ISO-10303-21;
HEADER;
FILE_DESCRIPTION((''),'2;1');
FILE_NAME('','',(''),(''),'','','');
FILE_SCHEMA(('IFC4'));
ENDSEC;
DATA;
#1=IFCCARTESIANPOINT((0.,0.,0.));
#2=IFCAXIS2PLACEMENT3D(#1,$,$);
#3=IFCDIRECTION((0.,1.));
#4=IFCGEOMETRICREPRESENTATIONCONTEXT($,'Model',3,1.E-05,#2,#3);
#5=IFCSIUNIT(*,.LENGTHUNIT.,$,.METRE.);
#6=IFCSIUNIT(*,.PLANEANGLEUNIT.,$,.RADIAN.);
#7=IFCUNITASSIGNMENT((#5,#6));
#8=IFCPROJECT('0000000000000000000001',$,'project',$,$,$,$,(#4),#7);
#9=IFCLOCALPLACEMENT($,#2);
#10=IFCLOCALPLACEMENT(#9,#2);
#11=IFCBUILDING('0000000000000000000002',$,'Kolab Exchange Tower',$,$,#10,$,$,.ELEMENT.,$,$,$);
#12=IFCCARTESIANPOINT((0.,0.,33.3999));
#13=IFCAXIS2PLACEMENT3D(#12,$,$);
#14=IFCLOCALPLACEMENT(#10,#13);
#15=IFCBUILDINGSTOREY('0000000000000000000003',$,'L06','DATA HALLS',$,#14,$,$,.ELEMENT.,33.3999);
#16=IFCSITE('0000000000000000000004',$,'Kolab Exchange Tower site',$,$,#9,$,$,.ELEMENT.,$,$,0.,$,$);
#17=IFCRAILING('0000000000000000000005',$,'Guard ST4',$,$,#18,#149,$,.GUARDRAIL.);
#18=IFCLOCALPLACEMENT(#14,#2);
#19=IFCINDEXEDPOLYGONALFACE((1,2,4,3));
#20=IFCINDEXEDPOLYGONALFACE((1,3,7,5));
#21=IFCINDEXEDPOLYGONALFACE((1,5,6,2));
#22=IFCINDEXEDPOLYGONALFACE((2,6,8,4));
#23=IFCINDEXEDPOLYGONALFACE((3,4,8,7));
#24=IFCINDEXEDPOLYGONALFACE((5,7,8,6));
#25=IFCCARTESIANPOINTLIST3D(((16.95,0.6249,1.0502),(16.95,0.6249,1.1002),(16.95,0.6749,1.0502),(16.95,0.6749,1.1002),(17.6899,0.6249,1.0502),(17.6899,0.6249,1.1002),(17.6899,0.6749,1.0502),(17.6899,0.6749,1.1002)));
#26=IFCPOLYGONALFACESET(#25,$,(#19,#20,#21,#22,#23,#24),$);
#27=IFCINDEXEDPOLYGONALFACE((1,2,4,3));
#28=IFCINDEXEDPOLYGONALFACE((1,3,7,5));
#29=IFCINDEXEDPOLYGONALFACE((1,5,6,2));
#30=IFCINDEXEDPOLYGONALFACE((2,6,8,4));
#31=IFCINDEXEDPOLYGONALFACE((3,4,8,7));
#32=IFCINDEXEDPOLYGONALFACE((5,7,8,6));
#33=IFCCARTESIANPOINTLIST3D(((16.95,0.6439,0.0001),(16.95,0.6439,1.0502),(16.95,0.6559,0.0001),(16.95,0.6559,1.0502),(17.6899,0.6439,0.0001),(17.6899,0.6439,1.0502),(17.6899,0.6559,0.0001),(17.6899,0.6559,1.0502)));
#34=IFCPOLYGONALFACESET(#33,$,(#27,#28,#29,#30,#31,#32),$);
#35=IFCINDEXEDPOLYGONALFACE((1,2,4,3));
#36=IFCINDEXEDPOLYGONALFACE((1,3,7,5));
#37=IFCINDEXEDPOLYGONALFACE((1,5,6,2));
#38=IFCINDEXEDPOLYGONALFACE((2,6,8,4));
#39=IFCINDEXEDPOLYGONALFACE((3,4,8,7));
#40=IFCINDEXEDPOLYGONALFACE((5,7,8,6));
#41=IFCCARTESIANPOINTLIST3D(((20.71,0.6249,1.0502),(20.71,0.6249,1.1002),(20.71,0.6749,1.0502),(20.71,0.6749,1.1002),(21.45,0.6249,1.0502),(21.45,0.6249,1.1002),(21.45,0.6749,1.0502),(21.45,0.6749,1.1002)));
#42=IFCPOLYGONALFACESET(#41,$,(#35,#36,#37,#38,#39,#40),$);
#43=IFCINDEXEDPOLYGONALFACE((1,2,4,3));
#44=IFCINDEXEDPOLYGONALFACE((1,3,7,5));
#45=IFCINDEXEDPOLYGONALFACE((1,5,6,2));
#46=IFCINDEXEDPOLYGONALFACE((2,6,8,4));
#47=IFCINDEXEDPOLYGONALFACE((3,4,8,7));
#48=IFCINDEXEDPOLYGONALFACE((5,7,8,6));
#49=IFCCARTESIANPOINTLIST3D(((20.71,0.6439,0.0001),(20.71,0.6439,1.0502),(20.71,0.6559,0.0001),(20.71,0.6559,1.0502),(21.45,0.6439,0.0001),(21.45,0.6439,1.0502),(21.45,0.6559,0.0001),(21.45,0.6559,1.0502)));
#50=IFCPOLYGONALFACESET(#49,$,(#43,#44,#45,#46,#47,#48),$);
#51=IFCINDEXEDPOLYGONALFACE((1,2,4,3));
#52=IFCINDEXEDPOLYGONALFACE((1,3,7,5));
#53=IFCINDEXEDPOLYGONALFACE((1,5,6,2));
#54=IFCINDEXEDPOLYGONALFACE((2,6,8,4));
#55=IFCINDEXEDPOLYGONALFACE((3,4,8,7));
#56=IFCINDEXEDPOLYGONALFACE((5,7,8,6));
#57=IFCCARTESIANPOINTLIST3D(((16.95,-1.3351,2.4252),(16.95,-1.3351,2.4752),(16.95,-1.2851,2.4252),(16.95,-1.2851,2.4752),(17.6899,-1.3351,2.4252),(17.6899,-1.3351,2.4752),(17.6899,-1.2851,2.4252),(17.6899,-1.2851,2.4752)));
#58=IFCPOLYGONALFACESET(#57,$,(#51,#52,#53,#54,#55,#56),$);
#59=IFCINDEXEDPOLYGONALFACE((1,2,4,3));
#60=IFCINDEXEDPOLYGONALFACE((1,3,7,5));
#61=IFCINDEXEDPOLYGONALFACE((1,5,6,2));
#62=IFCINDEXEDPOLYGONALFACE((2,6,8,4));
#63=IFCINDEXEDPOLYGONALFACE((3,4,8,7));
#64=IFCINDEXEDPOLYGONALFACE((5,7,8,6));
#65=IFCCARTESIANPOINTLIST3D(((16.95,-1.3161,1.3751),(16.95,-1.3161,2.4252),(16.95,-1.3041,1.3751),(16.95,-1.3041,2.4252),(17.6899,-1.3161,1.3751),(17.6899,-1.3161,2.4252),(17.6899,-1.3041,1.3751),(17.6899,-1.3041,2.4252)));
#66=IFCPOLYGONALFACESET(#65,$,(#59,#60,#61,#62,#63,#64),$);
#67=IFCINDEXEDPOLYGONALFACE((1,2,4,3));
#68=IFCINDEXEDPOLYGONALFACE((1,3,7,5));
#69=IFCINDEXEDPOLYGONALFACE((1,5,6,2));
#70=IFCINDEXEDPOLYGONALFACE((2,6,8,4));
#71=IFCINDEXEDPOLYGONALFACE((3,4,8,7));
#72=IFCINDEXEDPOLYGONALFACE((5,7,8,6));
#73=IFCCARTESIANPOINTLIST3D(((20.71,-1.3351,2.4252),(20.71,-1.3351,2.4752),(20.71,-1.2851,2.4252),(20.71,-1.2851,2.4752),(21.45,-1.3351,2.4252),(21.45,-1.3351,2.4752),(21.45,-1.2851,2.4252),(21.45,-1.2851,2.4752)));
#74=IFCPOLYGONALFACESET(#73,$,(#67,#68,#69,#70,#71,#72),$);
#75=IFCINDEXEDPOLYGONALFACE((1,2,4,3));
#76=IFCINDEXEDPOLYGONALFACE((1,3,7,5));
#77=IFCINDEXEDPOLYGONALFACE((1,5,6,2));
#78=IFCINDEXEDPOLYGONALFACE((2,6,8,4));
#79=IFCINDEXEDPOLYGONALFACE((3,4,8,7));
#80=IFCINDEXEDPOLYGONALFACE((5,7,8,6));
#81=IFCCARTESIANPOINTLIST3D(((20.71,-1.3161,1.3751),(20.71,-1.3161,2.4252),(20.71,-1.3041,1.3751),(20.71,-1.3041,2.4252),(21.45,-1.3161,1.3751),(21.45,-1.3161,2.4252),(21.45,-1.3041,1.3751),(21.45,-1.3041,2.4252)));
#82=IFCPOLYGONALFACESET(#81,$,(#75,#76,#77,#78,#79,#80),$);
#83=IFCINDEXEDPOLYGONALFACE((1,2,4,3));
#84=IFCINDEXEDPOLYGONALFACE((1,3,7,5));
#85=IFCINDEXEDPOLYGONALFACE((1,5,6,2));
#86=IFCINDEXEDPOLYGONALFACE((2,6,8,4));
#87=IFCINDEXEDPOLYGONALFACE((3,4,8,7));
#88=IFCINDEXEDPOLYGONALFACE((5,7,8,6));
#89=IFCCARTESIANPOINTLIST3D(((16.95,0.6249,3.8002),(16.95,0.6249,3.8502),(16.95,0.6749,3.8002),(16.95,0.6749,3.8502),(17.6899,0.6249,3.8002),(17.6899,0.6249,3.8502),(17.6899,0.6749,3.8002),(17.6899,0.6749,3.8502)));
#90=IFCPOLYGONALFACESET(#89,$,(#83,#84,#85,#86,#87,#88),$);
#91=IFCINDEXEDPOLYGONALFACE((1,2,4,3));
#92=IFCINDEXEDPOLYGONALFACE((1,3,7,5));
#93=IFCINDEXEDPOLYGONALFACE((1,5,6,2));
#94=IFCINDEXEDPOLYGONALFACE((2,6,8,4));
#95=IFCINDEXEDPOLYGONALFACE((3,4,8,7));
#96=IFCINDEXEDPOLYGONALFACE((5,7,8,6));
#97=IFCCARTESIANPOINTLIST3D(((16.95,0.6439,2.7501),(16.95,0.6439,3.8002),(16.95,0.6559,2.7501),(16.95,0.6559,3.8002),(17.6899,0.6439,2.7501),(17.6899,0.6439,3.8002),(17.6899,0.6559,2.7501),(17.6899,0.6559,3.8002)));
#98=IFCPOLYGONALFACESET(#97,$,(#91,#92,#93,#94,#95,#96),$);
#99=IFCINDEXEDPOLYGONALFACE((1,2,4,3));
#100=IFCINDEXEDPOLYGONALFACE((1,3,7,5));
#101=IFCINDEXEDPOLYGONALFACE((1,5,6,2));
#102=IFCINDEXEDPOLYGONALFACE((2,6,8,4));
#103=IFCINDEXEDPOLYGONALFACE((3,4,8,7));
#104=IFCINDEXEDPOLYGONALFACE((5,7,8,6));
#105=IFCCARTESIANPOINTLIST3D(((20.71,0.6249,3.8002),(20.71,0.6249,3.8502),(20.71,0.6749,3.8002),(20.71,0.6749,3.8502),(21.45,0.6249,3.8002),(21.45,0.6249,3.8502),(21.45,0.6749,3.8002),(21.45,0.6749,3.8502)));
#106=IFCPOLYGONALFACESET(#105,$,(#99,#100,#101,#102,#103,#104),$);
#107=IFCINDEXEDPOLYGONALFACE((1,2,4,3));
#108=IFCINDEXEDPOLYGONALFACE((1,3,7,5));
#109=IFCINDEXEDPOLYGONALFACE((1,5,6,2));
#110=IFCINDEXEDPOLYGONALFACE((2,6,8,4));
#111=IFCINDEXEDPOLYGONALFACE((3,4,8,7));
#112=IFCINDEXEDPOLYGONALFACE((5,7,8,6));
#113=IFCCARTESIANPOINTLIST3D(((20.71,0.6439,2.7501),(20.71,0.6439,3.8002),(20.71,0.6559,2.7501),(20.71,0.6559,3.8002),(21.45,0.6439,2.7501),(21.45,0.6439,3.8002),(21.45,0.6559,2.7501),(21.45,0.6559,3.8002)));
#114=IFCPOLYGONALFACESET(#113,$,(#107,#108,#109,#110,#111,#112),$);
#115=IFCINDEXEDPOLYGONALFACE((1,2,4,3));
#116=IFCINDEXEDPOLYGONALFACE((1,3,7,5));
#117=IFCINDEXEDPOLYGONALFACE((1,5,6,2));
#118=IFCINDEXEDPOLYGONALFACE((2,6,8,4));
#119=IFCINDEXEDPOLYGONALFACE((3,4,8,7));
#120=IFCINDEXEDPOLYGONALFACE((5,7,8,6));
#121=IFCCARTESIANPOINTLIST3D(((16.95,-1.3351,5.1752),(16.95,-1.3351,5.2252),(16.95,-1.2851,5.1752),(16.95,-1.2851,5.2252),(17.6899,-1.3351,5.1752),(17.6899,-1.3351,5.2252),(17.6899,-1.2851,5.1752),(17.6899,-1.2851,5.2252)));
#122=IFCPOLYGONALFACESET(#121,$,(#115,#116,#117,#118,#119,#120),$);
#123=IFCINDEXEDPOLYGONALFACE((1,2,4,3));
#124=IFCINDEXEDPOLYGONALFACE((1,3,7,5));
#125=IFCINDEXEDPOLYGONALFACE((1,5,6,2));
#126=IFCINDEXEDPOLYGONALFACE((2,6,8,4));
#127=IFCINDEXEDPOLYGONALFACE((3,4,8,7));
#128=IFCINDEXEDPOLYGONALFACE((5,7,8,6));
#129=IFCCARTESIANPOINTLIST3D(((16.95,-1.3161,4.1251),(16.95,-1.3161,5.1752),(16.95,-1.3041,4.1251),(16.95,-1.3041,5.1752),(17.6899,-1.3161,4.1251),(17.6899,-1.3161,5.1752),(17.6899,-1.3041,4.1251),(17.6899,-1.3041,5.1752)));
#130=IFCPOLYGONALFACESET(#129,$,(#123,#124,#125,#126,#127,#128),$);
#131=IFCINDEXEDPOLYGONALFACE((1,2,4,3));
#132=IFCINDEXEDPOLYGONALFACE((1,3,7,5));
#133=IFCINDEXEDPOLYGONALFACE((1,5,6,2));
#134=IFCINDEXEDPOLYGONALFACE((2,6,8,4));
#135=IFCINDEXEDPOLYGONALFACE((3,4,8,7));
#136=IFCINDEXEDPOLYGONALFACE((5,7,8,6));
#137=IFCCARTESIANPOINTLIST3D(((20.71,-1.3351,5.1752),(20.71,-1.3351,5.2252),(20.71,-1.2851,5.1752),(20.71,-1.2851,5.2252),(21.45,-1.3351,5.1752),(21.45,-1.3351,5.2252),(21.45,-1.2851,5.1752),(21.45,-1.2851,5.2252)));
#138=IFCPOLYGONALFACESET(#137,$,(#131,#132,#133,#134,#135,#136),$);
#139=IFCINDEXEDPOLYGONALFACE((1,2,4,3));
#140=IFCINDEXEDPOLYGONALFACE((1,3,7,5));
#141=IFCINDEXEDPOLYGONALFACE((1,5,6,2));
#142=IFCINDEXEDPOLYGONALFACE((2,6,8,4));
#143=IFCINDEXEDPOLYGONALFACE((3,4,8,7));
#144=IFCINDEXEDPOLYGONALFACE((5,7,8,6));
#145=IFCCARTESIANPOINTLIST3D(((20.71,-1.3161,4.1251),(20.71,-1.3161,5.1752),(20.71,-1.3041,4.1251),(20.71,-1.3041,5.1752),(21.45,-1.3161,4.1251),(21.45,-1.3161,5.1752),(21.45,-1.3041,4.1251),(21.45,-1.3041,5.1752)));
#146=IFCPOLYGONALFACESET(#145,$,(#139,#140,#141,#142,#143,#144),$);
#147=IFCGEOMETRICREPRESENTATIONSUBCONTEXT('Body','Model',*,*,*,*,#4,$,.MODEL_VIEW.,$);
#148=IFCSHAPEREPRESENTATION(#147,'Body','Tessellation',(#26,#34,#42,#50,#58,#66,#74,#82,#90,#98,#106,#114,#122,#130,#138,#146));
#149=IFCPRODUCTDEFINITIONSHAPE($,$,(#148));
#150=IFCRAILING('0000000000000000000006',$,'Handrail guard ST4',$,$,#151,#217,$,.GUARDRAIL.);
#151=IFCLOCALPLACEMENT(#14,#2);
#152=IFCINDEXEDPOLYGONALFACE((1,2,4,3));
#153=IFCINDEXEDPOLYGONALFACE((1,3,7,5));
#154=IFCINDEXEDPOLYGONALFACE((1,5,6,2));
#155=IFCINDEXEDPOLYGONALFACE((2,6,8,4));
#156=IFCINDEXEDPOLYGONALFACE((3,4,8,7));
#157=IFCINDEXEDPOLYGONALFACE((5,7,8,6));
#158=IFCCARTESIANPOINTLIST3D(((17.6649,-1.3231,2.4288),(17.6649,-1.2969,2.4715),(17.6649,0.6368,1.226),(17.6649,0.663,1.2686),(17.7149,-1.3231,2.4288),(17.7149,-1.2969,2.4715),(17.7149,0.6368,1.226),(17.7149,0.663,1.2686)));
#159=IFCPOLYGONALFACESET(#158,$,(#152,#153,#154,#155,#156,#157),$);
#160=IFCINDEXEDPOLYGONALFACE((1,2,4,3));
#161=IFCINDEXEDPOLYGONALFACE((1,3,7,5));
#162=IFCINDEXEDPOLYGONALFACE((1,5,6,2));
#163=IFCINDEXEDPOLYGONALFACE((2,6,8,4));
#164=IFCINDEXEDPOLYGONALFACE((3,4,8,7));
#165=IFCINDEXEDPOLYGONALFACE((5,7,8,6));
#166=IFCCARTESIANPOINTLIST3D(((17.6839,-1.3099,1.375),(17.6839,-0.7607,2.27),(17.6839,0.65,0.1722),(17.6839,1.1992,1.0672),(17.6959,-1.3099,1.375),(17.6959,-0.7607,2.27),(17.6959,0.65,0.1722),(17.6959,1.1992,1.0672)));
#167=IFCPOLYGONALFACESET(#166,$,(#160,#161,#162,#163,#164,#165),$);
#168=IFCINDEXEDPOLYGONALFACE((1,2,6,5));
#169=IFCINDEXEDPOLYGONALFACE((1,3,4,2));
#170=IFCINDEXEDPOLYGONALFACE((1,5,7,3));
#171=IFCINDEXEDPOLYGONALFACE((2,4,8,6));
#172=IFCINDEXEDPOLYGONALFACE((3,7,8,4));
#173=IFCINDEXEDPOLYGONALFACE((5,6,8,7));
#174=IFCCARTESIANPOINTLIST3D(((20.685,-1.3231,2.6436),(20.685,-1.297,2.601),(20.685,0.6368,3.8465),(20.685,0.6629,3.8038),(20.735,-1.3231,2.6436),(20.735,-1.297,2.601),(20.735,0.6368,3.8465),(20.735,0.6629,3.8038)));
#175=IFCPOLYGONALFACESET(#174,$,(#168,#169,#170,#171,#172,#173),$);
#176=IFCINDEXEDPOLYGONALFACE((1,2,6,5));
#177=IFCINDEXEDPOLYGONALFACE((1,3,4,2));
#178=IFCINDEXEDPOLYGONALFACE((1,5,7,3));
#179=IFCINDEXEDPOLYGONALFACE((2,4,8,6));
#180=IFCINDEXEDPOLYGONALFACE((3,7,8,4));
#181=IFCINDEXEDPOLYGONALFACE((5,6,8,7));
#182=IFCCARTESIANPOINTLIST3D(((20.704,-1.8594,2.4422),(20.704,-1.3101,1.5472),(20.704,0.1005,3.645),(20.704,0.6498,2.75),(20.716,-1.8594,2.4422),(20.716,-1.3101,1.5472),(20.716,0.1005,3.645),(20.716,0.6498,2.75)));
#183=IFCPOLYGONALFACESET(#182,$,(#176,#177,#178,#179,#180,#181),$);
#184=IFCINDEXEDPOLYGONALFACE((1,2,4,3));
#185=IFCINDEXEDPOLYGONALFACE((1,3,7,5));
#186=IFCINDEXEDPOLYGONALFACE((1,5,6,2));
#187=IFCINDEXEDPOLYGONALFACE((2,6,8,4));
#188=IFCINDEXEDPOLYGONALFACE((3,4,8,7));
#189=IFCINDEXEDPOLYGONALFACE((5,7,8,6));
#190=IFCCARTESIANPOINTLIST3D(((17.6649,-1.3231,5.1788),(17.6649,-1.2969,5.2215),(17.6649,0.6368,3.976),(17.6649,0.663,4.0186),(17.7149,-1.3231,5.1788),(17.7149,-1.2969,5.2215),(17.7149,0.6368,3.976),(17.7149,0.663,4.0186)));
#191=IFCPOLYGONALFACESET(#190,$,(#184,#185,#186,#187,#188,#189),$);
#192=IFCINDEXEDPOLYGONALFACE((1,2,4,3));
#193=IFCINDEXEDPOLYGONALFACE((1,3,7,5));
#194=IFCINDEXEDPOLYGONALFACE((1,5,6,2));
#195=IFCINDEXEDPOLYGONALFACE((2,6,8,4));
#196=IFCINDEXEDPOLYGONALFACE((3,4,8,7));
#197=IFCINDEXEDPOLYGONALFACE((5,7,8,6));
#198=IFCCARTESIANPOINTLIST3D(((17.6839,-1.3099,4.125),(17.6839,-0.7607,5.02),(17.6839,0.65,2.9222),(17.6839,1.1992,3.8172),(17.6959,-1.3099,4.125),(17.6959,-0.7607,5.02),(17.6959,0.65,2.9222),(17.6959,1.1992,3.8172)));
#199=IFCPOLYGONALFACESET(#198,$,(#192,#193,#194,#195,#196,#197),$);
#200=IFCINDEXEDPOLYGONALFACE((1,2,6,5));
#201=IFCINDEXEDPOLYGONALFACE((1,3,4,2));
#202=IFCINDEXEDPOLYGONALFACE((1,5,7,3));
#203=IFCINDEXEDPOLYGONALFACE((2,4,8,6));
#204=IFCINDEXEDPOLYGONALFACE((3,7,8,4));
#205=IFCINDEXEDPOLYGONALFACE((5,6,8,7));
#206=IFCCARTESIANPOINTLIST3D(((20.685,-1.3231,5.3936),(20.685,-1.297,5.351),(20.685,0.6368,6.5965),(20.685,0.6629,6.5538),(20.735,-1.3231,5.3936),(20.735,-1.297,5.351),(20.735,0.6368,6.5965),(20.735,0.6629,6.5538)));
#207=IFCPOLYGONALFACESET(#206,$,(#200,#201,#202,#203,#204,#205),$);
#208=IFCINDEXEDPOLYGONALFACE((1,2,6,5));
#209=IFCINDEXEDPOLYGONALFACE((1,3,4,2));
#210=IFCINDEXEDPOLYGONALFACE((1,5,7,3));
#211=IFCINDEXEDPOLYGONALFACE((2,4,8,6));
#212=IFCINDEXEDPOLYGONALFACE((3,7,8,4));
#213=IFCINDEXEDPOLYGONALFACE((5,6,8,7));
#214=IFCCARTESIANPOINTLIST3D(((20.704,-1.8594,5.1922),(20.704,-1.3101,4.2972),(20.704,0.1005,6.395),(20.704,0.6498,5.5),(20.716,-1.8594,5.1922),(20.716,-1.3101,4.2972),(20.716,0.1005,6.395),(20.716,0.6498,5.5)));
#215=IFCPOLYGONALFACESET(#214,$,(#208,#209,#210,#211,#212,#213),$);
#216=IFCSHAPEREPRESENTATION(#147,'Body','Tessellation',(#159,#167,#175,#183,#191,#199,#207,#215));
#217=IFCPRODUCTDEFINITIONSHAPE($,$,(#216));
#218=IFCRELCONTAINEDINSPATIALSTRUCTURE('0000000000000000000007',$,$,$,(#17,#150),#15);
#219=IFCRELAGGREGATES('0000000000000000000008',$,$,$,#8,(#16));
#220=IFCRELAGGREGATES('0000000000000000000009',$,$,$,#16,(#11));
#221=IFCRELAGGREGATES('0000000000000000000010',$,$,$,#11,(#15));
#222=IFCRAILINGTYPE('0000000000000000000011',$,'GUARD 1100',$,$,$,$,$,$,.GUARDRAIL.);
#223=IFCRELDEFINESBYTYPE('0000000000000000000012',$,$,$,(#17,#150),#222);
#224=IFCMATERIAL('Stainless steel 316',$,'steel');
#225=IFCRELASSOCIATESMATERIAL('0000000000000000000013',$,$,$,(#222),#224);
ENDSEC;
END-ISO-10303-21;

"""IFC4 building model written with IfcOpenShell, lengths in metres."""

from ifc_helpers import new_model, si_unit, direction, frame, frame_2d, origin, origin_2d, place, context, subcontext, project, spatial, rectangle, extrude, material, type_object, element, save


model = new_model("IFC4")

# Units and contexts
model_context = context("Model", 3, precision=1e-05, world=origin(), true_north=direction((0.0, 1.0)))
body_context = subcontext(model_context, "Body", "Model", "MODEL_VIEW")
ifc_project = project(units=[si_unit("LENGTHUNIT", "METRE"), si_unit("PLANEANGLEUNIT", "RADIAN")], contexts=[model_context])

# Site, building, storey
site_placement = place(None, origin())
site = spatial("IfcSite", under=ifc_project, at=site_placement, Name="Kolab Exchange Tower site", CompositionType="ELEMENT", RefElevation=0.0)
building_placement = place(site_placement, origin())
building = spatial("IfcBuilding", under=site, at=building_placement, Name="Kolab Exchange Tower", CompositionType="ELEMENT")
storey_placement = place(building_placement, frame((0.0, 0.0, 33.3999)))
storey = spatial("IfcBuildingStorey", under=building, at=storey_placement, Name="L06", Description="DATA HALLS", CompositionType="ELEMENT", Elevation=33.3999)

# Railings
ifc_material_1 = material(Name="Stainless steel 316", Category="steel")
railing_type = type_object("IfcRailingType", Name="GUARD 1100", PredefinedType="GUARDRAIL", material=ifc_material_1)
railing_1_placement = place(storey_placement, frame((16.95, 0.6499, 0.0)))
element("IfcRailing", 1, at=railing_1_placement, inside=storey, type_object=railing_type, Name="Guard ST4", PredefinedType="GUARDRAIL", context=body_context, shape_type="SweptSolid", body=[
    extrude(rectangle(XDim=0.05, YDim=0.05, at=origin_2d()), frame((0.0, 0.0, 1.0752), z_axis=(1.0, 0.0, 0.0), x_axis=(0.0, 1.0, 0.0)), (0.0, 0.0, 1.0), 0.74),
    extrude(rectangle(XDim=0.012, YDim=1.0501, at=frame_2d((0.0, 0.5251))), frame((0.0, 0.0, 0.0), z_axis=(1.0, 0.0, 0.0), x_axis=(0.0, 1.0, 0.0)), (0.0, 0.0, 1.0), 0.74),
    extrude(rectangle(XDim=0.05, YDim=0.05, at=origin_2d()), frame((3.76, 0.0, 1.0752), z_axis=(1.0, 0.0, 0.0), x_axis=(0.0, 1.0, 0.0)), (0.0, 0.0, 1.0), 0.74),
    extrude(rectangle(XDim=0.012, YDim=1.0501, at=frame_2d((0.0, 0.5251))), frame((3.76, 0.0, 0.0), z_axis=(1.0, 0.0, 0.0), x_axis=(0.0, 1.0, 0.0)), (0.0, 0.0, 1.0), 0.74),
    extrude(rectangle(XDim=0.05, YDim=0.05, at=origin_2d()), frame((0.0, -1.96, 2.4502), z_axis=(1.0, 0.0, 0.0), x_axis=(0.0, 1.0, 0.0)), (0.0, 0.0, 1.0), 0.74),
    extrude(rectangle(XDim=0.012, YDim=1.0501, at=frame_2d((0.0, 0.5251))), frame((0.0, -1.96, 1.375), z_axis=(1.0, 0.0, 0.0), x_axis=(0.0, 1.0, 0.0)), (0.0, 0.0, 1.0), 0.74),
    extrude(rectangle(XDim=0.05, YDim=0.05, at=origin_2d()), frame((3.76, -1.96, 2.4502), z_axis=(1.0, 0.0, 0.0), x_axis=(0.0, 1.0, 0.0)), (0.0, 0.0, 1.0), 0.74),
    extrude(rectangle(XDim=0.012, YDim=1.0501, at=frame_2d((0.0, 0.5251))), frame((3.76, -1.96, 1.375), z_axis=(1.0, 0.0, 0.0), x_axis=(0.0, 1.0, 0.0)), (0.0, 0.0, 1.0), 0.74),
    extrude(rectangle(XDim=0.05, YDim=0.05, at=origin_2d()), frame((0.0, 0.0, 3.8252), z_axis=(1.0, 0.0, 0.0), x_axis=(0.0, 1.0, 0.0)), (0.0, 0.0, 1.0), 0.74),
    extrude(rectangle(XDim=0.012, YDim=1.0501, at=frame_2d((0.0, 0.5251))), frame((0.0, 0.0, 2.75), z_axis=(1.0, 0.0, 0.0), x_axis=(0.0, 1.0, 0.0)), (0.0, 0.0, 1.0), 0.74),
    extrude(rectangle(XDim=0.05, YDim=0.05, at=origin_2d()), frame((3.76, 0.0, 3.8252), z_axis=(1.0, 0.0, 0.0), x_axis=(0.0, 1.0, 0.0)), (0.0, 0.0, 1.0), 0.74),
    extrude(rectangle(XDim=0.012, YDim=1.0501, at=frame_2d((0.0, 0.5251))), frame((3.76, 0.0, 2.75), z_axis=(1.0, 0.0, 0.0), x_axis=(0.0, 1.0, 0.0)), (0.0, 0.0, 1.0), 0.74),
    extrude(rectangle(XDim=0.05, YDim=0.05, at=origin_2d()), frame((0.0, -1.96, 5.2002), z_axis=(1.0, 0.0, 0.0), x_axis=(0.0, 1.0, 0.0)), (0.0, 0.0, 1.0), 0.74),
    extrude(rectangle(XDim=0.012, YDim=1.0501, at=frame_2d((0.0, 0.5251))), frame((0.0, -1.96, 4.125), z_axis=(1.0, 0.0, 0.0), x_axis=(0.0, 1.0, 0.0)), (0.0, 0.0, 1.0), 0.74),
    extrude(rectangle(XDim=0.05, YDim=0.05, at=origin_2d()), frame((3.76, -1.96, 5.2002), z_axis=(1.0, 0.0, 0.0), x_axis=(0.0, 1.0, 0.0)), (0.0, 0.0, 1.0), 0.74),
    extrude(rectangle(XDim=0.012, YDim=1.0501, at=frame_2d((0.0, 0.5251))), frame((3.76, -1.96, 4.125), z_axis=(1.0, 0.0, 0.0), x_axis=(0.0, 1.0, 0.0)), (0.0, 0.0, 1.0), 0.74),
])
railing_2_placement = place(storey_placement, frame((17.6899, 0.6499, 0.1721)))
element("IfcRailing", 2, at=railing_2_placement, inside=storey, type_object=railing_type, Name="Handrail guard ST4", PredefinedType="GUARDRAIL", context=body_context, shape_type="SweptSolid", body=[
    extrude(rectangle(XDim=0.05, YDim=0.05, at=origin_2d()), frame((0.0, 0.0, 1.0752), z_axis=(0.0, -0.852288, 0.523072), x_axis=(1.0, 0.0, 0.0)), (0.0, 0.0, 1.0), 2.2996),
    extrude(rectangle(XDim=0.012, YDim=1.0501, at=frame_2d((0.0, 0.5251))), frame((0.0, 0.0, 0.0), z_axis=(0.0, -0.852288, 0.523072), x_axis=(1.0, 0.0, 0.0)), (0.0, 0.0, 1.0), 2.2996),
    extrude(rectangle(XDim=0.05, YDim=0.05, at=origin_2d()), frame((3.02, -1.96, 2.4502), z_axis=(0.0, 0.852288, 0.523072), x_axis=(-1.0, 0.0, 0.0)), (0.0, 0.0, 1.0), 2.2996),
    extrude(rectangle(XDim=0.012, YDim=1.0501, at=frame_2d((0.0, 0.5251))), frame((3.02, -1.96, 1.375), z_axis=(0.0, 0.852288, 0.523072), x_axis=(-1.0, 0.0, 0.0)), (0.0, 0.0, 1.0), 2.2996),
    extrude(rectangle(XDim=0.05, YDim=0.05, at=origin_2d()), frame((0.0, 0.0, 3.8252), z_axis=(0.0, -0.852288, 0.523072), x_axis=(1.0, 0.0, 0.0)), (0.0, 0.0, 1.0), 2.2996),
    extrude(rectangle(XDim=0.012, YDim=1.0501, at=frame_2d((0.0, 0.5251))), frame((0.0, 0.0, 2.75), z_axis=(0.0, -0.852288, 0.523072), x_axis=(1.0, 0.0, 0.0)), (0.0, 0.0, 1.0), 2.2996),
    extrude(rectangle(XDim=0.05, YDim=0.05, at=origin_2d()), frame((3.02, -1.96, 5.2002), z_axis=(0.0, 0.852288, 0.523072), x_axis=(-1.0, 0.0, 0.0)), (0.0, 0.0, 1.0), 2.2996),
    extrude(rectangle(XDim=0.012, YDim=1.0501, at=frame_2d((0.0, 0.5251))), frame((3.02, -1.96, 4.125), z_axis=(0.0, 0.852288, 0.523072), x_axis=(-1.0, 0.0, 0.0)), (0.0, 0.0, 1.0), 2.2996),
])

save(model, "model.ifc")
